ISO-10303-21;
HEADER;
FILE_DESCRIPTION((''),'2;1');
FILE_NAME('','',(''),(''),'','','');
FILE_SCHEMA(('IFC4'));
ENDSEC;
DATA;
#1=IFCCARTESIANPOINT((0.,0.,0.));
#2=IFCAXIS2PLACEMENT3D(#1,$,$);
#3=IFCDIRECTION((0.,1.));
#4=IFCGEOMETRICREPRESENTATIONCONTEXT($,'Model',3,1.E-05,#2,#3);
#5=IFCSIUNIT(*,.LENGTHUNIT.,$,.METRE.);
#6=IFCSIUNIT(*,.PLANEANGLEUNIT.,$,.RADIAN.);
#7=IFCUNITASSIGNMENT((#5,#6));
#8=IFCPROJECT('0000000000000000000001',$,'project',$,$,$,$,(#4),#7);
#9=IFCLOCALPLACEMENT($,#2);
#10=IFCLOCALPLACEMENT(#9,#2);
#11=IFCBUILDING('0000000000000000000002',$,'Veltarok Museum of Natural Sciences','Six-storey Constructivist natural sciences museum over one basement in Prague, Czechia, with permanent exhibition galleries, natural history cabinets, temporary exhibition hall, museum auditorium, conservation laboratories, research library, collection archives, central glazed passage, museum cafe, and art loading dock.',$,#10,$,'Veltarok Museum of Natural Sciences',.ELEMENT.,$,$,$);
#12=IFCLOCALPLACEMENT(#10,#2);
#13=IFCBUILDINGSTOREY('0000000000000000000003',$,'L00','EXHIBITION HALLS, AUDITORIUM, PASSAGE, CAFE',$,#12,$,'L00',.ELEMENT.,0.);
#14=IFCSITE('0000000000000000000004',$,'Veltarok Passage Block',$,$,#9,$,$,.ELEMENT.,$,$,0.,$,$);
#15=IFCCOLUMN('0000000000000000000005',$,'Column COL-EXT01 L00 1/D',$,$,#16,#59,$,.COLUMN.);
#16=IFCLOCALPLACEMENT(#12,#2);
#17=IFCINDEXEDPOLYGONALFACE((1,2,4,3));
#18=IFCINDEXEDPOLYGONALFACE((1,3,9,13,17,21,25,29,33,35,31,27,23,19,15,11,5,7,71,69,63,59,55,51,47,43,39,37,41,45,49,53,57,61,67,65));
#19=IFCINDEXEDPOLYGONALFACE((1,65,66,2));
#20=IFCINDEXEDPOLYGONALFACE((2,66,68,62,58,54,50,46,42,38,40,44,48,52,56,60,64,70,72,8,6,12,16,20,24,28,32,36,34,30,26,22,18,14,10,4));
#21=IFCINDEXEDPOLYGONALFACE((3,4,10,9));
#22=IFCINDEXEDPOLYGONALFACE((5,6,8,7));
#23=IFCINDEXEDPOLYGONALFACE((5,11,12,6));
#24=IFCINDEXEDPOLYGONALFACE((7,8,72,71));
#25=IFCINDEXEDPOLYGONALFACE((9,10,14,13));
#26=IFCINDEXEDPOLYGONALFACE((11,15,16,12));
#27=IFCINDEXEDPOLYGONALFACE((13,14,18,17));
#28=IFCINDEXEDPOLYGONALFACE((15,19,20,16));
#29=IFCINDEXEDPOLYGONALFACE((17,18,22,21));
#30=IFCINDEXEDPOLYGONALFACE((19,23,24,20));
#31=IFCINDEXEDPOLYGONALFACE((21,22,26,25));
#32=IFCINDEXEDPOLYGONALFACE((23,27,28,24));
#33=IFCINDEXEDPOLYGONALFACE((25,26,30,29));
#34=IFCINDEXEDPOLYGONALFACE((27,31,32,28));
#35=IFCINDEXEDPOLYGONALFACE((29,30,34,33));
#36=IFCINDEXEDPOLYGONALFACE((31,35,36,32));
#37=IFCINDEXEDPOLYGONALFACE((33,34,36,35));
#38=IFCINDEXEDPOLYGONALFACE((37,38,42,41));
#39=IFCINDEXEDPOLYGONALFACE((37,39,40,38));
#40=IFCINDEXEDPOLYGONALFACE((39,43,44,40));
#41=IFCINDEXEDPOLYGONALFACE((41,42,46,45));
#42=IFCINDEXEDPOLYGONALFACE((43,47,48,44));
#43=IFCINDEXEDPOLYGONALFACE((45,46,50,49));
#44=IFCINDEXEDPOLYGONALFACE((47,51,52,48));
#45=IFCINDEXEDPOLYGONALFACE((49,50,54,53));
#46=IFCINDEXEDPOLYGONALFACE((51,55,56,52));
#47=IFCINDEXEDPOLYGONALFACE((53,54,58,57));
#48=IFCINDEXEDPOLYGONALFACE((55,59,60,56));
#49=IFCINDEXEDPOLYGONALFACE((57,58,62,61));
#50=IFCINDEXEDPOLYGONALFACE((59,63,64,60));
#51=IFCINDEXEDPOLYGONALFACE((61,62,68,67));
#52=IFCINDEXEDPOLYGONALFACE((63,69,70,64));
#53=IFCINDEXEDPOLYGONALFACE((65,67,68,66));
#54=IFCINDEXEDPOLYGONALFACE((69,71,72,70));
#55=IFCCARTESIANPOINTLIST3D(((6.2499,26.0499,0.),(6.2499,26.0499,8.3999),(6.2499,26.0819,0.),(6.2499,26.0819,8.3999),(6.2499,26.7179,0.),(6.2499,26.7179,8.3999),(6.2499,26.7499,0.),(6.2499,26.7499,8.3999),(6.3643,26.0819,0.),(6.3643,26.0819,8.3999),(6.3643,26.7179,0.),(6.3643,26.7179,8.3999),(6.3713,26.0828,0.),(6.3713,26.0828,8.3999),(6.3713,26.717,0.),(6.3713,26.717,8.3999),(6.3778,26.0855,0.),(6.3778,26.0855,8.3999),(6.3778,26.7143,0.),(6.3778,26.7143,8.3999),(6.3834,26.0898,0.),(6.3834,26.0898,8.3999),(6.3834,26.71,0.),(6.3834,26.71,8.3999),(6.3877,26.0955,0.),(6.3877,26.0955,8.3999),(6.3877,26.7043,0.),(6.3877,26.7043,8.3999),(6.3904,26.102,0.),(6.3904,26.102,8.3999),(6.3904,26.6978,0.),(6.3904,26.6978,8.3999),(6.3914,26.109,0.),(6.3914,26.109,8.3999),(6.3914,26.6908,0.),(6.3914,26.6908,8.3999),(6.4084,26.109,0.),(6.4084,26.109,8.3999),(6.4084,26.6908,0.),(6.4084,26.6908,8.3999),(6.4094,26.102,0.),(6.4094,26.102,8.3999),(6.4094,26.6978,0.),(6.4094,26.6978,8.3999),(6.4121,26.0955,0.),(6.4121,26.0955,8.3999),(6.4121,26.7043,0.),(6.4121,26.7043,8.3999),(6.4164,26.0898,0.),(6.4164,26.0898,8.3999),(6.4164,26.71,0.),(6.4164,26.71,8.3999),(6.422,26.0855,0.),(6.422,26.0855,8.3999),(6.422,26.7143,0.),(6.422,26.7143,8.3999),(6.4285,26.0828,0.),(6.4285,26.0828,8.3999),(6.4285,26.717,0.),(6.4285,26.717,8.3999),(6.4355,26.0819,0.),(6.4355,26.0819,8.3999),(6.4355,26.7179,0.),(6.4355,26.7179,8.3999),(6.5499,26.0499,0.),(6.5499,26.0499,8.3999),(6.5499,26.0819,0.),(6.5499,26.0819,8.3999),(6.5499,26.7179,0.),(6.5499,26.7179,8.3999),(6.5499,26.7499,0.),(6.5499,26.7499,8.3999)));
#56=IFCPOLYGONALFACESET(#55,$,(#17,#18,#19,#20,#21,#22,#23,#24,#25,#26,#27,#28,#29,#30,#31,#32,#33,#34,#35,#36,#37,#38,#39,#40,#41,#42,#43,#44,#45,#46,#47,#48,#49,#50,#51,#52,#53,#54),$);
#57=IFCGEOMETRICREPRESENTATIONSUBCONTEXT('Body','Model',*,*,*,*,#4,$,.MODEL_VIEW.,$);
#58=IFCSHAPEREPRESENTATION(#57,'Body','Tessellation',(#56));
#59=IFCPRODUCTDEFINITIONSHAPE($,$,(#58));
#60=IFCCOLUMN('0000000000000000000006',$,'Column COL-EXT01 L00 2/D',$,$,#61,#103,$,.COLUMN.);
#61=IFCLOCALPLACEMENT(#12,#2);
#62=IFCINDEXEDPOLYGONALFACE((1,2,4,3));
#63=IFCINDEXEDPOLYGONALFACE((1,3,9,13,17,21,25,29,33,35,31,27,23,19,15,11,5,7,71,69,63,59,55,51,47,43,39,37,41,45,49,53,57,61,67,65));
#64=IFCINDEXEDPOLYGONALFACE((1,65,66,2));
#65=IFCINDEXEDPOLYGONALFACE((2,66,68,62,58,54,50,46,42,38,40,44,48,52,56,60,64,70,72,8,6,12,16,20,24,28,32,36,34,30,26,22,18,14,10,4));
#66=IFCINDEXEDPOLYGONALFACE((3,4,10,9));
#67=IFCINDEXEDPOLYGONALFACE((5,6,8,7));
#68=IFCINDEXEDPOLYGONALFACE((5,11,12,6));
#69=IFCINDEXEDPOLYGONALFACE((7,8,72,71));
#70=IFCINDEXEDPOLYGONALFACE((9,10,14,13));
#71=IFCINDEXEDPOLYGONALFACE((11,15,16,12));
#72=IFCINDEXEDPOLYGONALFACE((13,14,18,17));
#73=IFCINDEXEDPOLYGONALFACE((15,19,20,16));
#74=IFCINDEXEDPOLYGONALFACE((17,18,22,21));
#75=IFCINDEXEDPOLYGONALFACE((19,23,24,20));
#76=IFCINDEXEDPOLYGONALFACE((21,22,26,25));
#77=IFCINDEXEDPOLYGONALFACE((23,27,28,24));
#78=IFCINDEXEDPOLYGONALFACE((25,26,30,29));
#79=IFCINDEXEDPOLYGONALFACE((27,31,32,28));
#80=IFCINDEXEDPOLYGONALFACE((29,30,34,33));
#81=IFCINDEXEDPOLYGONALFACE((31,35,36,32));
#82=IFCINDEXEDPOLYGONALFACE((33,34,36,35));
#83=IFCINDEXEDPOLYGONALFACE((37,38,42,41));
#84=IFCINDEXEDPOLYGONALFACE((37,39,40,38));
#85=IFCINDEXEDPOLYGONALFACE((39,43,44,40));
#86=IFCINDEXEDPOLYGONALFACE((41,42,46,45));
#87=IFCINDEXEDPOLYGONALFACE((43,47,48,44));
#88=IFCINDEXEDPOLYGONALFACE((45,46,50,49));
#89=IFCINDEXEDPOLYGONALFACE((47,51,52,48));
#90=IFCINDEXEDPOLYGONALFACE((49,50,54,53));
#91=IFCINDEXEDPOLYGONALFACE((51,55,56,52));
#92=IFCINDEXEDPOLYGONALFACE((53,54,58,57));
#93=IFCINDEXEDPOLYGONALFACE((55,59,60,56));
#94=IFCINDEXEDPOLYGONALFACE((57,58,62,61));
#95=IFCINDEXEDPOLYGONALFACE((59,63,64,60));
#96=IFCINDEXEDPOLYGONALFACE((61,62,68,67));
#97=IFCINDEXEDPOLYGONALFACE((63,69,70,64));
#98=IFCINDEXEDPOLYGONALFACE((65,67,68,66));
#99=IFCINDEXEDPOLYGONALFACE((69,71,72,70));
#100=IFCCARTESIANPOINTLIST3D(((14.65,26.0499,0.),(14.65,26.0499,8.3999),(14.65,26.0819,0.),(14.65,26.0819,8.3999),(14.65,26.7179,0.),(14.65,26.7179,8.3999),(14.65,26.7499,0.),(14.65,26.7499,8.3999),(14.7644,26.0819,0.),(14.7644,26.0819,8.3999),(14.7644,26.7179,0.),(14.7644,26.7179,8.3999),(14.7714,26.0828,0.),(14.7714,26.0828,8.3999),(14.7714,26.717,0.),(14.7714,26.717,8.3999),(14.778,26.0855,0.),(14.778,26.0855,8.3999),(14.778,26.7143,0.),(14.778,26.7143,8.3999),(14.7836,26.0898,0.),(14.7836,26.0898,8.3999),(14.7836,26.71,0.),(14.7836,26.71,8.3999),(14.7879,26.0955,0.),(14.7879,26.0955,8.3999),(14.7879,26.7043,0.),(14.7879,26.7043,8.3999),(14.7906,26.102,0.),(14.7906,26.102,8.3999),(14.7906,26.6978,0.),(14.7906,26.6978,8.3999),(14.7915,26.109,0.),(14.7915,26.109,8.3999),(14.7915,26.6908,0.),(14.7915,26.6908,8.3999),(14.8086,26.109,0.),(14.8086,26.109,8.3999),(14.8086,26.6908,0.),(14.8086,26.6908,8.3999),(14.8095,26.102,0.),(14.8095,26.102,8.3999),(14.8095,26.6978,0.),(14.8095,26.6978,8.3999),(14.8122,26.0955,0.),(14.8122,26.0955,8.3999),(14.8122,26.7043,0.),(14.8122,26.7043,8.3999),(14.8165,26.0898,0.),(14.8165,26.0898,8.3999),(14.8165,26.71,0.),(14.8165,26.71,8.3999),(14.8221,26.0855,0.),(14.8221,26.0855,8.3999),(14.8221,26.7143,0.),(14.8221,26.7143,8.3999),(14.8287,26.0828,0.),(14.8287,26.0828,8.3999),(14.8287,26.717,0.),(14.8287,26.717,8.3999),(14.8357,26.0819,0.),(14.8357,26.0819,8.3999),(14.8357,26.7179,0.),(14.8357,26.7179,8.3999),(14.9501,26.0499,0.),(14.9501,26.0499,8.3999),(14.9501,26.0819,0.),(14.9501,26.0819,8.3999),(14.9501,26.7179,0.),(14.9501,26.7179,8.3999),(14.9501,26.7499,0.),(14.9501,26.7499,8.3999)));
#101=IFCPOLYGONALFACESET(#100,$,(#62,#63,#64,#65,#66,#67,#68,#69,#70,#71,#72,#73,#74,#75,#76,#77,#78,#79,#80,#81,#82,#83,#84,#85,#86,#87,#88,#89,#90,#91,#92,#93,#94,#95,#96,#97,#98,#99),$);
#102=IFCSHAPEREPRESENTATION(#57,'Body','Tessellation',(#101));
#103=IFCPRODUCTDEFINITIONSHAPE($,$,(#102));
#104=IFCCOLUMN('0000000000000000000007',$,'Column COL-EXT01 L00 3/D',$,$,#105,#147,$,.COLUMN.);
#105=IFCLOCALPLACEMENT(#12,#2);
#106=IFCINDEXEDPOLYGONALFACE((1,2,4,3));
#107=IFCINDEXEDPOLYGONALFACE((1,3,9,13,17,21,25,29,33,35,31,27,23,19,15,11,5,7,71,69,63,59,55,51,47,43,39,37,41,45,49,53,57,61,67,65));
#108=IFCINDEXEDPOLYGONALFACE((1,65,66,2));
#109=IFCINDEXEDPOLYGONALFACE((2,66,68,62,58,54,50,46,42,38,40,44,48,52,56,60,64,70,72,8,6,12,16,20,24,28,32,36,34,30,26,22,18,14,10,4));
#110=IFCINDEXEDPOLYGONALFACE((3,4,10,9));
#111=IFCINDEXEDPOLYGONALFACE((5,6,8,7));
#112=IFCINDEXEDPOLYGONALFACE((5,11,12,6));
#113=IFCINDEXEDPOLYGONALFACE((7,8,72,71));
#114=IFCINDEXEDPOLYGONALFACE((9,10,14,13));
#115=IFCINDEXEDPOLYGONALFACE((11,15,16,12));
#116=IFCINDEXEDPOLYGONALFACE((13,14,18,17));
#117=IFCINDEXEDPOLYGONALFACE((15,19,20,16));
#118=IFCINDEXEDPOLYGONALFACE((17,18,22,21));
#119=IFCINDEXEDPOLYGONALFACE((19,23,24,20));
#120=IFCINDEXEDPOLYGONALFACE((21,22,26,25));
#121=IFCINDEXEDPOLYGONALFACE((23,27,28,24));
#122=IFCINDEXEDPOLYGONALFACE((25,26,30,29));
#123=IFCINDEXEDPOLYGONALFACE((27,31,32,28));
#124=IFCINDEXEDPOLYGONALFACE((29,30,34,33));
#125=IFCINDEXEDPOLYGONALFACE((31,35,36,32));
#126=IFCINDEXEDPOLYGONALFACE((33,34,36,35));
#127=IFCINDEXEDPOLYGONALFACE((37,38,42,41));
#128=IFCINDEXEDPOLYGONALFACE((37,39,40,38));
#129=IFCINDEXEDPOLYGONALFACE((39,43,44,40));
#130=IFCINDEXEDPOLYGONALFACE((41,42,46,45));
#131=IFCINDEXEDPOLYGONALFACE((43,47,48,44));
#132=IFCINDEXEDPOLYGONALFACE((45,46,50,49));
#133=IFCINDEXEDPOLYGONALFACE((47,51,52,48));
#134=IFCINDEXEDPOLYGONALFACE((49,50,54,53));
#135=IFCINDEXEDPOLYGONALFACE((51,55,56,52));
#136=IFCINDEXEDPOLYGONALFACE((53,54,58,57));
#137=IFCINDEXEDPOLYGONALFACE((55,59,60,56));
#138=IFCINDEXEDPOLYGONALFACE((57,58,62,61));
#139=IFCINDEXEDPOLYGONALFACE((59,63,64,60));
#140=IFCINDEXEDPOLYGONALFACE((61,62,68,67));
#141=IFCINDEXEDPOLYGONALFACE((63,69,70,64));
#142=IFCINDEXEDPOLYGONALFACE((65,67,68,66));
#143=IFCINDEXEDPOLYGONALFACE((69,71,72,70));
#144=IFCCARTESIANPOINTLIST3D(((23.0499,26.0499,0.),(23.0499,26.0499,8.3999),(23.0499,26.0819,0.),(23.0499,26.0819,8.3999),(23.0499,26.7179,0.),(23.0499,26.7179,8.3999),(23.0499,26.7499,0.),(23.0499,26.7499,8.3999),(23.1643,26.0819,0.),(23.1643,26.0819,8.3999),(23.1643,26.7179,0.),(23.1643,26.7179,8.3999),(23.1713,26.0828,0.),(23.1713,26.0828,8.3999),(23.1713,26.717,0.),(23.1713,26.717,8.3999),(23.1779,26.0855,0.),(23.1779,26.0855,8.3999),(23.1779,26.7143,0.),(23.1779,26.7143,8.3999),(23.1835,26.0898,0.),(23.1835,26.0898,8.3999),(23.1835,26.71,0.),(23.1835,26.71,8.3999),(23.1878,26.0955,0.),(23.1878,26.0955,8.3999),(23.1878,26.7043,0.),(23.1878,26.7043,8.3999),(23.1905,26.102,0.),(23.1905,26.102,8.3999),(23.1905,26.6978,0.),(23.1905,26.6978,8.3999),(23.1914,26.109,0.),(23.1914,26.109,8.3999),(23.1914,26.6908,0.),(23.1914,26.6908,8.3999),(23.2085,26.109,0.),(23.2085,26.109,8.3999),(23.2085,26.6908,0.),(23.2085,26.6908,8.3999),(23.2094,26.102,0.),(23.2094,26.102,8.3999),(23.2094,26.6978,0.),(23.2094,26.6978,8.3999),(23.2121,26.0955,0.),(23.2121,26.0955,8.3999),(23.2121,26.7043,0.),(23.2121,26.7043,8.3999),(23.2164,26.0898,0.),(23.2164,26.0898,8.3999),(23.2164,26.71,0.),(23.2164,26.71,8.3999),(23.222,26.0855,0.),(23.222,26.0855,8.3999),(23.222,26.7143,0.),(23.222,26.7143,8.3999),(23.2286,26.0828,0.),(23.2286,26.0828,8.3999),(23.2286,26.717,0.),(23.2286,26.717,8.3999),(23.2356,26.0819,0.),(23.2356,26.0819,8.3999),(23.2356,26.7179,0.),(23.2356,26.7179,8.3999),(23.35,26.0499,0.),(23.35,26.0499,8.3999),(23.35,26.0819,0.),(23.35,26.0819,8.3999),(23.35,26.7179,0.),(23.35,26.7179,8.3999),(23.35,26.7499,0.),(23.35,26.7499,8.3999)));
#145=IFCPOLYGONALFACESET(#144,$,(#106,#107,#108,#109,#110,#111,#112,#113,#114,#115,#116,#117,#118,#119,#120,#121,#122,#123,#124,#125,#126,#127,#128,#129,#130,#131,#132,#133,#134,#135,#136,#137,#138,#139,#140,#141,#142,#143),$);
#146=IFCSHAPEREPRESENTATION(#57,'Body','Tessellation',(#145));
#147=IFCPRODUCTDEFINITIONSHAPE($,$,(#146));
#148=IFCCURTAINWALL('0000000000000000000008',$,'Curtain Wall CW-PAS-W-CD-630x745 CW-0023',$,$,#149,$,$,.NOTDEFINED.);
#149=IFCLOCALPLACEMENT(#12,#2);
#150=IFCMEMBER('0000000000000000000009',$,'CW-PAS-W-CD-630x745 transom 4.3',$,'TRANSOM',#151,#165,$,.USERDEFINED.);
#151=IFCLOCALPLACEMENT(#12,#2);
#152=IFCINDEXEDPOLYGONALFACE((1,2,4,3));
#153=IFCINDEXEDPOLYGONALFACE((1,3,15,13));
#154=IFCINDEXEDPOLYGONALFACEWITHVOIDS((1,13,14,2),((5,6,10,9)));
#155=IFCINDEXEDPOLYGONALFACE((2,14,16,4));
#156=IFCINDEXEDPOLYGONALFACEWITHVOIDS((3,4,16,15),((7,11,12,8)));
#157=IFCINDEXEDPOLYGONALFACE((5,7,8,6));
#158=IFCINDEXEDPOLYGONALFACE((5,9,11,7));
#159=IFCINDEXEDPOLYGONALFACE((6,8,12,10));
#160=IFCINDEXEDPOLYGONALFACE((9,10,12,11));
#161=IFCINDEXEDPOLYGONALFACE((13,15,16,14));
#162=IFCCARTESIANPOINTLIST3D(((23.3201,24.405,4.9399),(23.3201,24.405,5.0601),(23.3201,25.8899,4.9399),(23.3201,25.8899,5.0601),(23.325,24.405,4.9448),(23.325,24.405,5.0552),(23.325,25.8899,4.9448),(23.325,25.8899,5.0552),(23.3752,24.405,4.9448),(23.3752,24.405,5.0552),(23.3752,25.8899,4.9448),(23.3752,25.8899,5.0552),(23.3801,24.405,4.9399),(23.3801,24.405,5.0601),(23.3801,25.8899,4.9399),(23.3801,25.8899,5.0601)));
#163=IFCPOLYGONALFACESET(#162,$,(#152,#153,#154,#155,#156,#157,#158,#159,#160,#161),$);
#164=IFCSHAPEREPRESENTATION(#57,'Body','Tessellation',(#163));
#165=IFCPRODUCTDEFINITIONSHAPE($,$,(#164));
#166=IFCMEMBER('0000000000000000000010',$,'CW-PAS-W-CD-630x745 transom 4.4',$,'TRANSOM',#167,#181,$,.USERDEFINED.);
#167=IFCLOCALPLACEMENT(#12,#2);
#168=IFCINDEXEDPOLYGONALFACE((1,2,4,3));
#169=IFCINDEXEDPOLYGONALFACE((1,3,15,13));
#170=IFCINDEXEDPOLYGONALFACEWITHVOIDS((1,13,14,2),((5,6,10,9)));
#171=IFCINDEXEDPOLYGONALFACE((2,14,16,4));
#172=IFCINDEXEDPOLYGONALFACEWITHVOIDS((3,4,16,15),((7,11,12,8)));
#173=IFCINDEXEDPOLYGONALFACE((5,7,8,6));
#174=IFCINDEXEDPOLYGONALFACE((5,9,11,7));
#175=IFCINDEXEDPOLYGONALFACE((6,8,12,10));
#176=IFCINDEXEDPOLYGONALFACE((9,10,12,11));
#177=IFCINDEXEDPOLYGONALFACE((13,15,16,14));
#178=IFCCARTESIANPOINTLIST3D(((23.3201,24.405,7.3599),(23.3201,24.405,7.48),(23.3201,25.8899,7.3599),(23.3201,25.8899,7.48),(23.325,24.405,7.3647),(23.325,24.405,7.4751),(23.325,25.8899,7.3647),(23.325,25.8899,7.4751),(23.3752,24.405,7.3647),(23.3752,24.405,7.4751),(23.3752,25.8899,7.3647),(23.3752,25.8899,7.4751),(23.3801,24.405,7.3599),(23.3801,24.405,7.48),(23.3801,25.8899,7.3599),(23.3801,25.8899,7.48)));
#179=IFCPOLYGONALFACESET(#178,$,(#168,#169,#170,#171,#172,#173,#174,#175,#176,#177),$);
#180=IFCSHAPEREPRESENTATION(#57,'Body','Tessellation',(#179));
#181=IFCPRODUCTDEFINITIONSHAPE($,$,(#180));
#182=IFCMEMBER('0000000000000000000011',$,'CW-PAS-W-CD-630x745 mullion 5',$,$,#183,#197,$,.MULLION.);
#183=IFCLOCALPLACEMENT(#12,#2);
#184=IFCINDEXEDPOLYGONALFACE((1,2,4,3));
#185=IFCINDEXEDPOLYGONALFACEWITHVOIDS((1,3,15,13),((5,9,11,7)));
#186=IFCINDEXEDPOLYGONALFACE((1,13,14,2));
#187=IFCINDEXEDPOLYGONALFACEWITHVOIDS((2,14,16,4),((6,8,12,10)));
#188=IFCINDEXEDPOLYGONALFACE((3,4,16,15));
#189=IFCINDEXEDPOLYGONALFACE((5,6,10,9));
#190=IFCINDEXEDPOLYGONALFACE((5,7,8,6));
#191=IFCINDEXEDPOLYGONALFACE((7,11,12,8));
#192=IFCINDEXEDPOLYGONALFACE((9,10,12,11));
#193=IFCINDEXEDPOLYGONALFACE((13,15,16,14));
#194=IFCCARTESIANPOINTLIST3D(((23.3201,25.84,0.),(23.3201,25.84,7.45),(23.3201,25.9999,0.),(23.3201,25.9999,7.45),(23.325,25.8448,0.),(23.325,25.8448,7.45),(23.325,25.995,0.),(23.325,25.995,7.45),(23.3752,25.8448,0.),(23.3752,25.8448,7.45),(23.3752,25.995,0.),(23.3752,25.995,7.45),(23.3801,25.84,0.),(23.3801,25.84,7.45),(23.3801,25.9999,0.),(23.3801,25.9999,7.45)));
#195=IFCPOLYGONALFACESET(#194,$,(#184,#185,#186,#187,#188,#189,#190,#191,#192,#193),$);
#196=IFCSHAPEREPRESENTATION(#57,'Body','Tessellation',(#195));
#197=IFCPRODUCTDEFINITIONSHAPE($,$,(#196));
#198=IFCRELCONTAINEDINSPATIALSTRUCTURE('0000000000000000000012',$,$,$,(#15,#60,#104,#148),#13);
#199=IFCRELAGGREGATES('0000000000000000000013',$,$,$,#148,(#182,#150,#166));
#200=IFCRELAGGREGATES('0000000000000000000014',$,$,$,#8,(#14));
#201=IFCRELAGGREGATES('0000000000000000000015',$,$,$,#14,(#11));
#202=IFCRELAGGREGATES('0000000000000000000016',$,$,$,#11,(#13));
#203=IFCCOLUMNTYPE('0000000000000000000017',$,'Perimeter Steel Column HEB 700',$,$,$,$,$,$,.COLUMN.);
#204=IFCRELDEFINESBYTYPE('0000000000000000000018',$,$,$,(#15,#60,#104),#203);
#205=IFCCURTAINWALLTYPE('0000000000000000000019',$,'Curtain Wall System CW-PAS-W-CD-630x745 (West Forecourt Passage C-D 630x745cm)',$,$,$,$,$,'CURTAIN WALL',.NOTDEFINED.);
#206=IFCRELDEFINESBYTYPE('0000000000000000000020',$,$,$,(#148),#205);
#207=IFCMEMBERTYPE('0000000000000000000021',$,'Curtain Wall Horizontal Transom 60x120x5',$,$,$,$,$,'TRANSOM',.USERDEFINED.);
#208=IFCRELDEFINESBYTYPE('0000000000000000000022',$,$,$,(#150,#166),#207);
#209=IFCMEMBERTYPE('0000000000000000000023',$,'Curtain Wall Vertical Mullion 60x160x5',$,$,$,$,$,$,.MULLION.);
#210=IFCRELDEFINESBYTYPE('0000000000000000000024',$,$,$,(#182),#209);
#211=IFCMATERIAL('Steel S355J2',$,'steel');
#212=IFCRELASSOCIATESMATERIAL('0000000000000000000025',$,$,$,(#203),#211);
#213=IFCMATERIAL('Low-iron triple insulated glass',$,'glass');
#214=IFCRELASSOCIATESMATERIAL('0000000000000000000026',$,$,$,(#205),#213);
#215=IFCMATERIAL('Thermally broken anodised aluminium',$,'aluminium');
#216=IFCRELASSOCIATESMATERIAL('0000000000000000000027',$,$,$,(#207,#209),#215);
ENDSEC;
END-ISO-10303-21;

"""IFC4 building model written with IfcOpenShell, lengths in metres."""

from ifc_helpers import new_model, si_unit, direction, frame, origin, origin_2d, place, context, subcontext, project, spatial, hollow_rectangle, i_section, extrude, material, material_profile, profile_set, type_object, element, aggregate, save


model = new_model("IFC4")

# Units and contexts
model_context = context("Model", 3, precision=1e-05, world=origin(), true_north=direction((0.0, 1.0)))
body_context = subcontext(model_context, "Body", "Model", "MODEL_VIEW")
ifc_project = project(units=[si_unit("LENGTHUNIT", "METRE"), si_unit("PLANEANGLEUNIT", "RADIAN")], contexts=[model_context])

# Site, building, storey
site_placement = place(None, origin())
site = spatial("IfcSite", under=ifc_project, at=site_placement, Name="Veltarok Passage Block", CompositionType="ELEMENT", RefElevation=0.0)
building_placement = place(site_placement, origin())
building = spatial("IfcBuilding", under=site, at=building_placement, Name="Veltarok Museum of Natural Sciences", Description="Six-storey Constructivist natural sciences museum over one basement in Prague, Czechia, with permanent exhibition galleries, natural history cabinets, temporary exhibition hall, museum auditorium, conservation laboratories, research library, collection archives, central glazed passage, museum cafe, and art loading dock.", LongName="Veltarok Museum of Natural Sciences", CompositionType="ELEMENT")
storey_placement = place(building_placement, origin())
storey = spatial("IfcBuildingStorey", under=building, at=storey_placement, Name="L00", Description="EXHIBITION HALLS, AUDITORIUM, PASSAGE, CAFE", LongName="L00", CompositionType="ELEMENT", Elevation=0.0)

# Columns
ifc_material_1 = material(Name="Steel S355J2", Category="steel")
ifc_material_profile_1 = material_profile(ifc_material_1, i_section(OverallWidth=0.3, OverallDepth=0.7, WebThickness=0.0171, FlangeThickness=0.032, FilletRadius=0.0271, at=origin_2d()), Name="HEB 700")
ifc_profile_set_1 = profile_set([ifc_material_profile_1], Name="Steel S355J2")
column_type = type_object("IfcColumnType", Name="Perimeter Steel Column HEB 700", PredefinedType="COLUMN", material=ifc_profile_set_1)
for number, where, z_axis, x_axis, name in (
    (1, (6.3999, 26.3999, 0.0), (0.0, 0.0, 1.0), (1.0, 0.0, 0.0), "Column COL-EXT01 L00 1/D"),
    (2, (14.8, 26.3999, 0.0), (0.0, 0.0, 1.0), (1.0, 0.0, 0.0), "Column COL-EXT01 L00 2/D"),
    (3, (23.2, 26.3999, 0.0), (0.0, 0.0, 1.0), (1.0, 0.0, 0.0), "Column COL-EXT01 L00 3/D"),
):
    element("IfcColumn", number, at=place(storey_placement, frame(where, z_axis=z_axis, x_axis=x_axis)), inside=storey, type_object=column_type, Name=name, PredefinedType="COLUMN", context=body_context, shape_type="SweptSolid", body=[
        extrude(i_section(OverallWidth=0.3, OverallDepth=0.7, WebThickness=0.0171, FlangeThickness=0.032, FilletRadius=0.0271, at=origin_2d()), origin(), (0.0, 0.0, 1.0), 8.3999),
    ])

# Curtain wall, members
ifc_material_2 = material(Name="Low-iron triple insulated glass", Category="glass")
curtain_wall_type = type_object("IfcCurtainWallType", Name="Curtain Wall System CW-PAS-W-CD-630x745 (West Forecourt Passage C-D 630x745cm)", ElementType="CURTAIN WALL", PredefinedType="NOTDEFINED", material=ifc_material_2)
curtain_wall_placement = place(storey_placement, origin())
curtain_wall = element("IfcCurtainWall", 4, at=curtain_wall_placement, inside=storey, type_object=curtain_wall_type, Name="Curtain Wall CW-PAS-W-CD-630x745 CW-0023", PredefinedType="NOTDEFINED")
ifc_material_3 = material(Name="Thermally broken anodised aluminium", Category="aluminium")
ifc_material_profile_2 = material_profile(ifc_material_3, hollow_rectangle(XDim=0.0601, YDim=0.1201, WallThickness=0.0049, at=origin_2d()), Name="CW TRANSOM 60x120x5")
ifc_profile_set_2 = profile_set([ifc_material_profile_2], Name="Thermally broken anodised aluminium")
member_type_1 = type_object("IfcMemberType", Name="Curtain Wall Horizontal Transom 60x120x5", ElementType="TRANSOM", PredefinedType="USERDEFINED", material=ifc_profile_set_2)
member_1_placement = place(storey_placement, frame((23.3501, 24.405, 5.0), z_axis=(0.0, 1.0, 0.0), x_axis=(-1.0, 0.0, 0.0)))
member_1 = element("IfcMember", 5, at=member_1_placement, type_object=member_type_1, Name="CW-PAS-W-CD-630x745 transom 4.3", ObjectType="TRANSOM", PredefinedType="USERDEFINED", context=body_context, shape_type="SweptSolid", body=[
    extrude(hollow_rectangle(XDim=0.0601, YDim=0.1201, WallThickness=0.0049, at=origin_2d()), origin(), (0.0, 0.0, 1.0), 1.4849),
])
member_2_placement = place(storey_placement, frame((23.3501, 24.405, 7.4199), z_axis=(0.0, 1.0, 0.0), x_axis=(-1.0, 0.0, 0.0)))
member_2 = element("IfcMember", 6, at=member_2_placement, type_object=member_type_1, Name="CW-PAS-W-CD-630x745 transom 4.4", ObjectType="TRANSOM", PredefinedType="USERDEFINED", context=body_context, shape_type="SweptSolid", body=[
    extrude(hollow_rectangle(XDim=0.0601, YDim=0.1201, WallThickness=0.0049, at=origin_2d()), origin(), (0.0, 0.0, 1.0), 1.4849),
])
ifc_material_profile_3 = material_profile(ifc_material_3, hollow_rectangle(XDim=0.0601, YDim=0.1599, WallThickness=0.0049, at=origin_2d()), Name="CW MULLION 60x160x5")
ifc_profile_set_3 = profile_set([ifc_material_profile_3], Name="Thermally broken anodised aluminium")
member_type_2 = type_object("IfcMemberType", Name="Curtain Wall Vertical Mullion 60x160x5", PredefinedType="MULLION", material=ifc_profile_set_3)
member_3_placement = place(storey_placement, frame((23.3501, 25.9199, 0.0), z_axis=(0.0, 0.0, 1.0), x_axis=(-1.0, 0.0, 0.0)))
member_3 = element("IfcMember", 7, at=member_3_placement, type_object=member_type_2, Name="CW-PAS-W-CD-630x745 mullion 5", PredefinedType="MULLION", context=body_context, shape_type="SweptSolid", body=[
    extrude(hollow_rectangle(XDim=0.0601, YDim=0.1599, WallThickness=0.0049, at=origin_2d()), origin(), (0.0, 0.0, 1.0), 7.45),
])

aggregate(curtain_wall, [member_3, member_1, member_2])

save(model, "model.ifc")
